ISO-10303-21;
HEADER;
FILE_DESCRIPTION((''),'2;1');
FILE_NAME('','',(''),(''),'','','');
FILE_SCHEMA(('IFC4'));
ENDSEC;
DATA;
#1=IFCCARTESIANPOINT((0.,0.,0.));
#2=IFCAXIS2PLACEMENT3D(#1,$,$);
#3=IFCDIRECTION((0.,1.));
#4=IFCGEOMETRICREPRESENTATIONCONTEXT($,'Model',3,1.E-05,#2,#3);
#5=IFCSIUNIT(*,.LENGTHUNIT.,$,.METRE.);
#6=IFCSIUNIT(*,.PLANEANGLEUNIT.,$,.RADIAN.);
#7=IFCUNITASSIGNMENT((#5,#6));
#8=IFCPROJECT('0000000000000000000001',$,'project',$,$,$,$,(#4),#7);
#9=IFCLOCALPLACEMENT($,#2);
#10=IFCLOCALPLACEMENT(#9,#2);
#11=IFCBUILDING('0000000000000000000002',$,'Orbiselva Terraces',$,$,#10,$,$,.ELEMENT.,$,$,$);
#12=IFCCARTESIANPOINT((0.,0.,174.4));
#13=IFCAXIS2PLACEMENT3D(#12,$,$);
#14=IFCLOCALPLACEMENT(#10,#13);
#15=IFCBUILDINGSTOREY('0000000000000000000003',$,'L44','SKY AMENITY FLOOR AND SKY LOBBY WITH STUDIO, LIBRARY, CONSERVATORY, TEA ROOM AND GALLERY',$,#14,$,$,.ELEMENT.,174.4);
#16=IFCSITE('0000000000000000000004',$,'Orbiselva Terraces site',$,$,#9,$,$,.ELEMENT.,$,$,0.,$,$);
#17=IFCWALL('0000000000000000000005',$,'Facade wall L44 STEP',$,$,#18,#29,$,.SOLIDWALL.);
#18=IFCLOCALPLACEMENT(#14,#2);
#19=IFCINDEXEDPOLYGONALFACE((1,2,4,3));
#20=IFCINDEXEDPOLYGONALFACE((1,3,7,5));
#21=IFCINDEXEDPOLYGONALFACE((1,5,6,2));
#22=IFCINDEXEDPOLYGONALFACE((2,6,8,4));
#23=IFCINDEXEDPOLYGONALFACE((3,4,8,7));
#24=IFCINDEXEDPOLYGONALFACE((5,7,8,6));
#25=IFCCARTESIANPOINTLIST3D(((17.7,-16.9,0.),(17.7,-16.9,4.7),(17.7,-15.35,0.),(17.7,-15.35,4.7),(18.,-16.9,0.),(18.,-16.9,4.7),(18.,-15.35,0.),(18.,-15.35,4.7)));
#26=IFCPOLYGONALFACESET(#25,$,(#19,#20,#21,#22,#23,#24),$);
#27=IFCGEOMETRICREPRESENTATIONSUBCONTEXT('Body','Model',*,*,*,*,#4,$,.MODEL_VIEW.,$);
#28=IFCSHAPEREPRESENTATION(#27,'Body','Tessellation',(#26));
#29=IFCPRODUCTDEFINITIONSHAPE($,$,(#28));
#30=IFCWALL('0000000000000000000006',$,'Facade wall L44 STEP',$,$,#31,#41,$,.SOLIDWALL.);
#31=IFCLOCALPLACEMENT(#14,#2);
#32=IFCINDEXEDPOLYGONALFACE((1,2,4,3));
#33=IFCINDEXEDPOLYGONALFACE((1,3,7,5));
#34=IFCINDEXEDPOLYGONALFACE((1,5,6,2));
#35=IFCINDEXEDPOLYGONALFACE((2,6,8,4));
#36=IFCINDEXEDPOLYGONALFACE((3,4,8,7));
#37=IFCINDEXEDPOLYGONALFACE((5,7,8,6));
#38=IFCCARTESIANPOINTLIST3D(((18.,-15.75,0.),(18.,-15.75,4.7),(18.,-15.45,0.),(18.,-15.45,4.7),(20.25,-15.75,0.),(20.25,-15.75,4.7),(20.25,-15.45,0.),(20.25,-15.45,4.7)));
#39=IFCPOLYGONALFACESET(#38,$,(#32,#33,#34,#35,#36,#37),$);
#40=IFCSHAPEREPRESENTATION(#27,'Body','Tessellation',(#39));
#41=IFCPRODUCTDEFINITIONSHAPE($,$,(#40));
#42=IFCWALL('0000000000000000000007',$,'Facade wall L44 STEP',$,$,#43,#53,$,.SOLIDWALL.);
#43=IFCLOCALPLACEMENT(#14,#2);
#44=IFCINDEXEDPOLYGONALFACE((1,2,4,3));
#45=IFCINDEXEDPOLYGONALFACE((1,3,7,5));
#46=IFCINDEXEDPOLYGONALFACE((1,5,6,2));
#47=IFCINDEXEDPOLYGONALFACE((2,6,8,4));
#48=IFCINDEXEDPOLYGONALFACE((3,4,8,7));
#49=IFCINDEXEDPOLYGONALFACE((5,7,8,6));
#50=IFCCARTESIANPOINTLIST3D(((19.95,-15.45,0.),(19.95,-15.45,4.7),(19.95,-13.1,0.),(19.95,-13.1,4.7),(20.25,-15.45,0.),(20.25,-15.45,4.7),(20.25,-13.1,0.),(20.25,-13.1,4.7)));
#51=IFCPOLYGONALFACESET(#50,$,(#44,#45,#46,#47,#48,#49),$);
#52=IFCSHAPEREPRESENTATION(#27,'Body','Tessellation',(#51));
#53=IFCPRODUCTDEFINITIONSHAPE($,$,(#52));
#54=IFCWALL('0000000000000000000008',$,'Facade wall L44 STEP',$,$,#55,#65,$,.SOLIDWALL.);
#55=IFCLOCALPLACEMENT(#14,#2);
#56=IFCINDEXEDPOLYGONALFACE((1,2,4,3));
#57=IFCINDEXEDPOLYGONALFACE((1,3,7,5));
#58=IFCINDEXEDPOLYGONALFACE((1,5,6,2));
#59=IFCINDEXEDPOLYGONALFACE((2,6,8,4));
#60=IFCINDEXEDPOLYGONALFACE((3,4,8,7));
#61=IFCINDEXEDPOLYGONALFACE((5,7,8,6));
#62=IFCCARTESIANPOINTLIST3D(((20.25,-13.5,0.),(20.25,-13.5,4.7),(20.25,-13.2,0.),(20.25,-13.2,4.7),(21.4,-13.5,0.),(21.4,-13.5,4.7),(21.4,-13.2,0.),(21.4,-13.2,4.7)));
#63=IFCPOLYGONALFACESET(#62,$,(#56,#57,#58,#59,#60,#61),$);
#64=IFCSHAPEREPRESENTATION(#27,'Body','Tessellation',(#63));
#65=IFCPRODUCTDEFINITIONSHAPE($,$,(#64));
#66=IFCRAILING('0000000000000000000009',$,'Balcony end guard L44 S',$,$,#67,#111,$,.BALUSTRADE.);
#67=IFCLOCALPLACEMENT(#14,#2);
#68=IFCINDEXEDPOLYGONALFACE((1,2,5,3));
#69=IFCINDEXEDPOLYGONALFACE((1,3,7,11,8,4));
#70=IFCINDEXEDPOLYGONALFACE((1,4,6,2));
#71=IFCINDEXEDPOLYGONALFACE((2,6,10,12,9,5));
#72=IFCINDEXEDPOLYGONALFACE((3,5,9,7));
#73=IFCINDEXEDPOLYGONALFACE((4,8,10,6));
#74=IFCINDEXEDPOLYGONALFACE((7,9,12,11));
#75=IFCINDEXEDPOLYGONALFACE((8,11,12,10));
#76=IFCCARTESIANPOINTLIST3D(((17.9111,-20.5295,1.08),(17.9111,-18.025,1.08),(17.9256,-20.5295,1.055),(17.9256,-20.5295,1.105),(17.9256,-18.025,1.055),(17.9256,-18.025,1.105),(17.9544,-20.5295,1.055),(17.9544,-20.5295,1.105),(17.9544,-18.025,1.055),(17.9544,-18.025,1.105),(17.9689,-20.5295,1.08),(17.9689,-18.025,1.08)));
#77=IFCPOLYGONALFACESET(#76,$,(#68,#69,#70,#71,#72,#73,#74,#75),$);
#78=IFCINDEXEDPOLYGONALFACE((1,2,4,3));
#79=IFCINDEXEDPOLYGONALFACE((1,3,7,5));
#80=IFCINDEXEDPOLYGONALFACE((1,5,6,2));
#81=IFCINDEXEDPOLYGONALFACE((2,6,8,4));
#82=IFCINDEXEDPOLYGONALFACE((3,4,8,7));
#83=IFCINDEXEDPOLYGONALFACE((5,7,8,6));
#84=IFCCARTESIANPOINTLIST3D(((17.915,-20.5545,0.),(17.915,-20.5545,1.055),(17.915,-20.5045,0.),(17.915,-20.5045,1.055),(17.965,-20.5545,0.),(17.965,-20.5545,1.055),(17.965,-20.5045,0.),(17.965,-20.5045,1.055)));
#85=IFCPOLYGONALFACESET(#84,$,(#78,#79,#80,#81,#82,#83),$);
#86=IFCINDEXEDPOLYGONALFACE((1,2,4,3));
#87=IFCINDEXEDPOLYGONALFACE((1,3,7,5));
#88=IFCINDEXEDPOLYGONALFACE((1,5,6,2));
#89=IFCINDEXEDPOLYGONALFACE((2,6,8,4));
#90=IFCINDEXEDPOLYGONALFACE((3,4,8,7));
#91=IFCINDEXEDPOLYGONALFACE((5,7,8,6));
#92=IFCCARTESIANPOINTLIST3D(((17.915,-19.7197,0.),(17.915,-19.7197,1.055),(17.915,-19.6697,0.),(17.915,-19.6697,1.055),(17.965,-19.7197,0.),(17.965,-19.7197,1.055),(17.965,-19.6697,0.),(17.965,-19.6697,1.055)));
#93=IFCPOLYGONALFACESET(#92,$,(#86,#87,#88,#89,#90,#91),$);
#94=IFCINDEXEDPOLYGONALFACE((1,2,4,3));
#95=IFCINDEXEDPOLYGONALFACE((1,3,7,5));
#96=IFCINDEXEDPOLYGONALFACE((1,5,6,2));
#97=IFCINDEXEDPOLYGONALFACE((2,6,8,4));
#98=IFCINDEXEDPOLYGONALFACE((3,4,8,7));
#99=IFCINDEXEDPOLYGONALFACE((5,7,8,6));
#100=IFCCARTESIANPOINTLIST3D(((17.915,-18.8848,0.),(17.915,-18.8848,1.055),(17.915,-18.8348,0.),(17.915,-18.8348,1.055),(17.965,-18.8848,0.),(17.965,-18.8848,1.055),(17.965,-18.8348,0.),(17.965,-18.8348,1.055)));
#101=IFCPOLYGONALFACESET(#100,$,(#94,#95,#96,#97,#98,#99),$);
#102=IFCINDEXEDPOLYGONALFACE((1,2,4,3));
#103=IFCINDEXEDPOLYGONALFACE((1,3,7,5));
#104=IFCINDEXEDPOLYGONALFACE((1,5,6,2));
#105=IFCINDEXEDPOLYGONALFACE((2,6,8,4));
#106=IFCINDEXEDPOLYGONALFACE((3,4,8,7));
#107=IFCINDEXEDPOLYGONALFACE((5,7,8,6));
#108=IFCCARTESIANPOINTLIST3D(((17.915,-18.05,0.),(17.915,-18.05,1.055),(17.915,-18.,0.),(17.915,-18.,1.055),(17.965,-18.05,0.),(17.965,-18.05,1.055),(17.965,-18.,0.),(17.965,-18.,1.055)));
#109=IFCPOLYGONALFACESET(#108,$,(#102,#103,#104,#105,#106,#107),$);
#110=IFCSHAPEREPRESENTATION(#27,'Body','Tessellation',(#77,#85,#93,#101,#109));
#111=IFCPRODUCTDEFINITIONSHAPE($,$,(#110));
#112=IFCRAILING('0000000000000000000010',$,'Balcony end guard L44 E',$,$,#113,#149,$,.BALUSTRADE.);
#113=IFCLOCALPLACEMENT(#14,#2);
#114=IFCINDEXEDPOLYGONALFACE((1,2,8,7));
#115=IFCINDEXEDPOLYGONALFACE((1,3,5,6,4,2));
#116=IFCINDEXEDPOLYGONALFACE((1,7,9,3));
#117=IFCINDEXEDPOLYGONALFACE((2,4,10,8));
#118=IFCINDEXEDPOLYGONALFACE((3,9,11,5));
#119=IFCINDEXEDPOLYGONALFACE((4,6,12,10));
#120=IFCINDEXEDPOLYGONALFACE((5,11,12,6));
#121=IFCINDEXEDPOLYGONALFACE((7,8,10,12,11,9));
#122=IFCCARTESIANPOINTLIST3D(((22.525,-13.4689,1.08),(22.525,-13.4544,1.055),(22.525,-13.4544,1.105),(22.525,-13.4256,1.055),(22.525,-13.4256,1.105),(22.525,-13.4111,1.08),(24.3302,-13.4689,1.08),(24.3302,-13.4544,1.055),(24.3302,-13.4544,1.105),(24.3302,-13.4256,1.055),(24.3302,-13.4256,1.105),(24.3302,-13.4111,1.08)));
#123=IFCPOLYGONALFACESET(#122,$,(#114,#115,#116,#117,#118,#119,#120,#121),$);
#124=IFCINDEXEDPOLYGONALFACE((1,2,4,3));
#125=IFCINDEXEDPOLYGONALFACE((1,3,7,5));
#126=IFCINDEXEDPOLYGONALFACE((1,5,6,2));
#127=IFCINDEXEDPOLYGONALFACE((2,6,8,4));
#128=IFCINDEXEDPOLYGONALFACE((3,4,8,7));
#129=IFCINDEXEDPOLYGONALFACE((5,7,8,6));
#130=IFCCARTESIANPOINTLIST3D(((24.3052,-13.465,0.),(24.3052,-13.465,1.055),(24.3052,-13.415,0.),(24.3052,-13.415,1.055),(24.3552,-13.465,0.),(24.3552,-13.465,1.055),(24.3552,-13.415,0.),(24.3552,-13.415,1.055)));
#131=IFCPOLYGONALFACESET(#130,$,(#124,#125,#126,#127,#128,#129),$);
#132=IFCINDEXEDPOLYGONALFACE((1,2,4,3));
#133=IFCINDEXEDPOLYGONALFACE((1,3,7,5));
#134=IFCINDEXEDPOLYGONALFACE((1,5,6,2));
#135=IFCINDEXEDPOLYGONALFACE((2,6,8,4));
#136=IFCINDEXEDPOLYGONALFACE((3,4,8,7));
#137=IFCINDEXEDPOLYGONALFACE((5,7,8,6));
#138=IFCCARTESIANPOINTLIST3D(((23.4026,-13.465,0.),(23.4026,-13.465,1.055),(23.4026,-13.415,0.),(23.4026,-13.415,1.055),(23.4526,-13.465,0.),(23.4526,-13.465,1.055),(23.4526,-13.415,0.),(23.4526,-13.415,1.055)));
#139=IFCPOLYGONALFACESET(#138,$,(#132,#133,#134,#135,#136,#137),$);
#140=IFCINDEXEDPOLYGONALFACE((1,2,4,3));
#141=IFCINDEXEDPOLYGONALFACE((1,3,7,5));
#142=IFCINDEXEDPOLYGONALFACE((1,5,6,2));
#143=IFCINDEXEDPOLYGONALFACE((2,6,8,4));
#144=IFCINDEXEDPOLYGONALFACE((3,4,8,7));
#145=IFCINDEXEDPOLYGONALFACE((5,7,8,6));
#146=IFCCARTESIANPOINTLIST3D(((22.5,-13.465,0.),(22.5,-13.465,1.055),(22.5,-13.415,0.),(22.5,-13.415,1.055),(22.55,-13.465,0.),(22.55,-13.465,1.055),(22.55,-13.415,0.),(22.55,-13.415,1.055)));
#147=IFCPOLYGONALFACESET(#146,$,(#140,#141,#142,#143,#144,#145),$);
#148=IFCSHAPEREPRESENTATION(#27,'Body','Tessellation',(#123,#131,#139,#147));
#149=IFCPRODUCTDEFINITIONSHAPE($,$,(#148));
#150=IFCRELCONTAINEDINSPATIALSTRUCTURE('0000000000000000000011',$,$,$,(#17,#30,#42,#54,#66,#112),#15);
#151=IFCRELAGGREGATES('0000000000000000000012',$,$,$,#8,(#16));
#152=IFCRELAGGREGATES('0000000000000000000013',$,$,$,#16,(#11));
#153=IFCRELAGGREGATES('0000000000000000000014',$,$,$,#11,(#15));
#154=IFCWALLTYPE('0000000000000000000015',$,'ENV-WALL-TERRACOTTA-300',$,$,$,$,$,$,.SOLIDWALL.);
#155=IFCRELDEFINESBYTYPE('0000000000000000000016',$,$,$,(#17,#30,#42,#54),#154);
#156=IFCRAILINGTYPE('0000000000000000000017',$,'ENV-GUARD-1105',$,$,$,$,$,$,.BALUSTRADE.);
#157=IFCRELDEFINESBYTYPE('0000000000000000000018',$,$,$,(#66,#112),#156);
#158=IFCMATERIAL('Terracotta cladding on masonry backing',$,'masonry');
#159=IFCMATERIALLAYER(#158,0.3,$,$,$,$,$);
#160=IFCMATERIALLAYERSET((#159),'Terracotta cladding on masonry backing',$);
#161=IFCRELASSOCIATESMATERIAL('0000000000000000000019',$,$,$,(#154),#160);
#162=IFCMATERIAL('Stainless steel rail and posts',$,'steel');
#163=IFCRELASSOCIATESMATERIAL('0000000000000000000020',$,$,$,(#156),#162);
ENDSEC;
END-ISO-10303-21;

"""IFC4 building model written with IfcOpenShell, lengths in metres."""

from ifc_helpers import new_model, si_unit, direction, frame, frame_2d, origin, origin_2d, place, context, subcontext, project, spatial, polyline, rectangle, outline, extrude, material, layer, layer_set, type_object, element, save


model = new_model("IFC4")

# Units and contexts
model_context = context("Model", 3, precision=1e-05, world=origin(), true_north=direction((0.0, 1.0)))
body_context = subcontext(model_context, "Body", "Model", "MODEL_VIEW")
ifc_project = project(units=[si_unit("LENGTHUNIT", "METRE"), si_unit("PLANEANGLEUNIT", "RADIAN")], contexts=[model_context])

# Site, building, storey
site_placement = place(None, origin())
site = spatial("IfcSite", under=ifc_project, at=site_placement, Name="Orbiselva Terraces site", CompositionType="ELEMENT", RefElevation=0.0)
building_placement = place(site_placement, origin())
building = spatial("IfcBuilding", under=site, at=building_placement, Name="Orbiselva Terraces", CompositionType="ELEMENT")
storey_placement = place(building_placement, frame((0.0, 0.0, 174.4)))
storey = spatial("IfcBuildingStorey", under=building, at=storey_placement, Name="L44", Description="SKY AMENITY FLOOR AND SKY LOBBY WITH STUDIO, LIBRARY, CONSERVATORY, TEA ROOM AND GALLERY", CompositionType="ELEMENT", Elevation=174.4)

# Shared definitions
ifc_material_1 = material(Name="Terracotta cladding on masonry backing", Category="masonry")
ifc_layer_1 = layer(ifc_material_1, 0.3)
ifc_layer_set_1 = layer_set([ifc_layer_1], Name="Terracotta cladding on masonry backing")
wall_type = type_object("IfcWallType", Name="ENV-WALL-TERRACOTTA-300", PredefinedType="SOLIDWALL", material=ifc_layer_set_1)

# Walls
wall_1_placement = place(storey_placement, frame((17.85, -15.35, 0.0), z_axis=(0.0, 0.0, 1.0), x_axis=(0.0, -1.0, 0.0)))
element("IfcWall", 1, at=wall_1_placement, inside=storey, type_object=wall_type, Name="Facade wall L44 STEP", PredefinedType="SOLIDWALL", context=body_context, shape_type="SweptSolid", body=[
    extrude(rectangle(XDim=1.55, YDim=0.3, at=frame_2d((0.775, 0.0))), origin(), (0.0, 0.0, 1.0), 4.7),
])
wall_2_placement = place(storey_placement, frame((20.25, -15.6, 0.0), z_axis=(0.0, 0.0, 1.0), x_axis=(-1.0, 0.0, 0.0)))
element("IfcWall", 2, at=wall_2_placement, inside=storey, type_object=wall_type, Name="Facade wall L44 STEP", PredefinedType="SOLIDWALL", context=body_context, shape_type="SweptSolid", body=[
    extrude(rectangle(XDim=2.25, YDim=0.3, at=frame_2d((1.125, 0.0))), origin(), (0.0, 0.0, 1.0), 4.7),
])
wall_3_placement = place(storey_placement, frame((20.1, -13.1, 0.0), z_axis=(0.0, 0.0, 1.0), x_axis=(0.0, -1.0, 0.0)))
element("IfcWall", 3, at=wall_3_placement, inside=storey, type_object=wall_type, Name="Facade wall L44 STEP", PredefinedType="SOLIDWALL", context=body_context, shape_type="SweptSolid", body=[
    extrude(rectangle(XDim=2.35, YDim=0.3, at=frame_2d((1.175, 0.0))), origin(), (0.0, 0.0, 1.0), 4.7),
])
wall_4_placement = place(storey_placement, frame((21.4, -13.35, 0.0), z_axis=(0.0, 0.0, 1.0), x_axis=(-1.0, 0.0, 0.0)))
element("IfcWall", 4, at=wall_4_placement, inside=storey, type_object=wall_type, Name="Facade wall L44 STEP", PredefinedType="SOLIDWALL", context=body_context, shape_type="SweptSolid", body=[
    extrude(rectangle(XDim=1.15, YDim=0.3, at=frame_2d((0.575, 0.0))), origin(), (0.0, 0.0, 1.0), 4.7),
])

# Railings
ifc_material_2 = material(Name="Stainless steel rail and posts", Category="steel")
railing_type_1 = type_object("IfcRailingType", Name="ENV-GUARD-1105", PredefinedType="BALUSTRADE", material=ifc_material_2)
railing_1_placement = place(storey_placement, frame((17.94, -20.5295, 0.0)))
element("IfcRailing", 5, at=railing_1_placement, inside=storey, type_object=railing_type_1, Name="Balcony end guard L44 S", PredefinedType="BALUSTRADE", context=body_context, shape_type="SweptSolid", body=[
    extrude(outline(polyline([(0.0289, 0.0), (0.0144, 0.025), (-0.0144, 0.025), (-0.0289, 0.0), (-0.0144, -0.025), (0.0144, -0.025), (0.0289, 0.0)])), frame((0.0, 0.0, 1.08), z_axis=(0.0, 1.0, 0.0), x_axis=(-1.0, 0.0, 0.0)), (0.0, 0.0, 1.0), 2.5045),
    extrude(rectangle(XDim=0.05, YDim=0.05, at=origin_2d()), origin(), (0.0, 0.0, 1.0), 1.055),
    extrude(rectangle(XDim=0.05, YDim=0.05, at=origin_2d()), frame((0.0, 0.8348, 0.0)), (0.0, 0.0, 1.0), 1.055),
    extrude(rectangle(XDim=0.05, YDim=0.05, at=origin_2d()), frame((0.0, 1.6697, 0.0)), (0.0, 0.0, 1.0), 1.055),
    extrude(rectangle(XDim=0.05, YDim=0.05, at=origin_2d()), frame((0.0, 2.5045, 0.0)), (0.0, 0.0, 1.0), 1.055),
])
railing_2_placement = place(storey_placement, frame((24.3302, -13.44, 0.0)))
element("IfcRailing", 6, at=railing_2_placement, inside=storey, type_object=railing_type_1, Name="Balcony end guard L44 E", PredefinedType="BALUSTRADE", context=body_context, shape_type="SweptSolid", body=[
    extrude(outline(polyline([(0.0289, 0.0), (0.0144, 0.025), (-0.0144, 0.025), (-0.0289, 0.0), (-0.0144, -0.025), (0.0144, -0.025), (0.0289, 0.0)])), frame((0.0, 0.0, 1.08), z_axis=(-1.0, 0.0, 0.0), x_axis=(0.0, -1.0, 0.0)), (0.0, 0.0, 1.0), 1.8052),
    extrude(rectangle(XDim=0.05, YDim=0.05, at=origin_2d()), origin(), (0.0, 0.0, 1.0), 1.055),
    extrude(rectangle(XDim=0.05, YDim=0.05, at=origin_2d()), frame((-0.9026, 0.0, 0.0)), (0.0, 0.0, 1.0), 1.055),
    extrude(rectangle(XDim=0.05, YDim=0.05, at=origin_2d()), frame((-1.8052, 0.0, 0.0)), (0.0, 0.0, 1.0), 1.055),
])

save(model, "model.ifc")
